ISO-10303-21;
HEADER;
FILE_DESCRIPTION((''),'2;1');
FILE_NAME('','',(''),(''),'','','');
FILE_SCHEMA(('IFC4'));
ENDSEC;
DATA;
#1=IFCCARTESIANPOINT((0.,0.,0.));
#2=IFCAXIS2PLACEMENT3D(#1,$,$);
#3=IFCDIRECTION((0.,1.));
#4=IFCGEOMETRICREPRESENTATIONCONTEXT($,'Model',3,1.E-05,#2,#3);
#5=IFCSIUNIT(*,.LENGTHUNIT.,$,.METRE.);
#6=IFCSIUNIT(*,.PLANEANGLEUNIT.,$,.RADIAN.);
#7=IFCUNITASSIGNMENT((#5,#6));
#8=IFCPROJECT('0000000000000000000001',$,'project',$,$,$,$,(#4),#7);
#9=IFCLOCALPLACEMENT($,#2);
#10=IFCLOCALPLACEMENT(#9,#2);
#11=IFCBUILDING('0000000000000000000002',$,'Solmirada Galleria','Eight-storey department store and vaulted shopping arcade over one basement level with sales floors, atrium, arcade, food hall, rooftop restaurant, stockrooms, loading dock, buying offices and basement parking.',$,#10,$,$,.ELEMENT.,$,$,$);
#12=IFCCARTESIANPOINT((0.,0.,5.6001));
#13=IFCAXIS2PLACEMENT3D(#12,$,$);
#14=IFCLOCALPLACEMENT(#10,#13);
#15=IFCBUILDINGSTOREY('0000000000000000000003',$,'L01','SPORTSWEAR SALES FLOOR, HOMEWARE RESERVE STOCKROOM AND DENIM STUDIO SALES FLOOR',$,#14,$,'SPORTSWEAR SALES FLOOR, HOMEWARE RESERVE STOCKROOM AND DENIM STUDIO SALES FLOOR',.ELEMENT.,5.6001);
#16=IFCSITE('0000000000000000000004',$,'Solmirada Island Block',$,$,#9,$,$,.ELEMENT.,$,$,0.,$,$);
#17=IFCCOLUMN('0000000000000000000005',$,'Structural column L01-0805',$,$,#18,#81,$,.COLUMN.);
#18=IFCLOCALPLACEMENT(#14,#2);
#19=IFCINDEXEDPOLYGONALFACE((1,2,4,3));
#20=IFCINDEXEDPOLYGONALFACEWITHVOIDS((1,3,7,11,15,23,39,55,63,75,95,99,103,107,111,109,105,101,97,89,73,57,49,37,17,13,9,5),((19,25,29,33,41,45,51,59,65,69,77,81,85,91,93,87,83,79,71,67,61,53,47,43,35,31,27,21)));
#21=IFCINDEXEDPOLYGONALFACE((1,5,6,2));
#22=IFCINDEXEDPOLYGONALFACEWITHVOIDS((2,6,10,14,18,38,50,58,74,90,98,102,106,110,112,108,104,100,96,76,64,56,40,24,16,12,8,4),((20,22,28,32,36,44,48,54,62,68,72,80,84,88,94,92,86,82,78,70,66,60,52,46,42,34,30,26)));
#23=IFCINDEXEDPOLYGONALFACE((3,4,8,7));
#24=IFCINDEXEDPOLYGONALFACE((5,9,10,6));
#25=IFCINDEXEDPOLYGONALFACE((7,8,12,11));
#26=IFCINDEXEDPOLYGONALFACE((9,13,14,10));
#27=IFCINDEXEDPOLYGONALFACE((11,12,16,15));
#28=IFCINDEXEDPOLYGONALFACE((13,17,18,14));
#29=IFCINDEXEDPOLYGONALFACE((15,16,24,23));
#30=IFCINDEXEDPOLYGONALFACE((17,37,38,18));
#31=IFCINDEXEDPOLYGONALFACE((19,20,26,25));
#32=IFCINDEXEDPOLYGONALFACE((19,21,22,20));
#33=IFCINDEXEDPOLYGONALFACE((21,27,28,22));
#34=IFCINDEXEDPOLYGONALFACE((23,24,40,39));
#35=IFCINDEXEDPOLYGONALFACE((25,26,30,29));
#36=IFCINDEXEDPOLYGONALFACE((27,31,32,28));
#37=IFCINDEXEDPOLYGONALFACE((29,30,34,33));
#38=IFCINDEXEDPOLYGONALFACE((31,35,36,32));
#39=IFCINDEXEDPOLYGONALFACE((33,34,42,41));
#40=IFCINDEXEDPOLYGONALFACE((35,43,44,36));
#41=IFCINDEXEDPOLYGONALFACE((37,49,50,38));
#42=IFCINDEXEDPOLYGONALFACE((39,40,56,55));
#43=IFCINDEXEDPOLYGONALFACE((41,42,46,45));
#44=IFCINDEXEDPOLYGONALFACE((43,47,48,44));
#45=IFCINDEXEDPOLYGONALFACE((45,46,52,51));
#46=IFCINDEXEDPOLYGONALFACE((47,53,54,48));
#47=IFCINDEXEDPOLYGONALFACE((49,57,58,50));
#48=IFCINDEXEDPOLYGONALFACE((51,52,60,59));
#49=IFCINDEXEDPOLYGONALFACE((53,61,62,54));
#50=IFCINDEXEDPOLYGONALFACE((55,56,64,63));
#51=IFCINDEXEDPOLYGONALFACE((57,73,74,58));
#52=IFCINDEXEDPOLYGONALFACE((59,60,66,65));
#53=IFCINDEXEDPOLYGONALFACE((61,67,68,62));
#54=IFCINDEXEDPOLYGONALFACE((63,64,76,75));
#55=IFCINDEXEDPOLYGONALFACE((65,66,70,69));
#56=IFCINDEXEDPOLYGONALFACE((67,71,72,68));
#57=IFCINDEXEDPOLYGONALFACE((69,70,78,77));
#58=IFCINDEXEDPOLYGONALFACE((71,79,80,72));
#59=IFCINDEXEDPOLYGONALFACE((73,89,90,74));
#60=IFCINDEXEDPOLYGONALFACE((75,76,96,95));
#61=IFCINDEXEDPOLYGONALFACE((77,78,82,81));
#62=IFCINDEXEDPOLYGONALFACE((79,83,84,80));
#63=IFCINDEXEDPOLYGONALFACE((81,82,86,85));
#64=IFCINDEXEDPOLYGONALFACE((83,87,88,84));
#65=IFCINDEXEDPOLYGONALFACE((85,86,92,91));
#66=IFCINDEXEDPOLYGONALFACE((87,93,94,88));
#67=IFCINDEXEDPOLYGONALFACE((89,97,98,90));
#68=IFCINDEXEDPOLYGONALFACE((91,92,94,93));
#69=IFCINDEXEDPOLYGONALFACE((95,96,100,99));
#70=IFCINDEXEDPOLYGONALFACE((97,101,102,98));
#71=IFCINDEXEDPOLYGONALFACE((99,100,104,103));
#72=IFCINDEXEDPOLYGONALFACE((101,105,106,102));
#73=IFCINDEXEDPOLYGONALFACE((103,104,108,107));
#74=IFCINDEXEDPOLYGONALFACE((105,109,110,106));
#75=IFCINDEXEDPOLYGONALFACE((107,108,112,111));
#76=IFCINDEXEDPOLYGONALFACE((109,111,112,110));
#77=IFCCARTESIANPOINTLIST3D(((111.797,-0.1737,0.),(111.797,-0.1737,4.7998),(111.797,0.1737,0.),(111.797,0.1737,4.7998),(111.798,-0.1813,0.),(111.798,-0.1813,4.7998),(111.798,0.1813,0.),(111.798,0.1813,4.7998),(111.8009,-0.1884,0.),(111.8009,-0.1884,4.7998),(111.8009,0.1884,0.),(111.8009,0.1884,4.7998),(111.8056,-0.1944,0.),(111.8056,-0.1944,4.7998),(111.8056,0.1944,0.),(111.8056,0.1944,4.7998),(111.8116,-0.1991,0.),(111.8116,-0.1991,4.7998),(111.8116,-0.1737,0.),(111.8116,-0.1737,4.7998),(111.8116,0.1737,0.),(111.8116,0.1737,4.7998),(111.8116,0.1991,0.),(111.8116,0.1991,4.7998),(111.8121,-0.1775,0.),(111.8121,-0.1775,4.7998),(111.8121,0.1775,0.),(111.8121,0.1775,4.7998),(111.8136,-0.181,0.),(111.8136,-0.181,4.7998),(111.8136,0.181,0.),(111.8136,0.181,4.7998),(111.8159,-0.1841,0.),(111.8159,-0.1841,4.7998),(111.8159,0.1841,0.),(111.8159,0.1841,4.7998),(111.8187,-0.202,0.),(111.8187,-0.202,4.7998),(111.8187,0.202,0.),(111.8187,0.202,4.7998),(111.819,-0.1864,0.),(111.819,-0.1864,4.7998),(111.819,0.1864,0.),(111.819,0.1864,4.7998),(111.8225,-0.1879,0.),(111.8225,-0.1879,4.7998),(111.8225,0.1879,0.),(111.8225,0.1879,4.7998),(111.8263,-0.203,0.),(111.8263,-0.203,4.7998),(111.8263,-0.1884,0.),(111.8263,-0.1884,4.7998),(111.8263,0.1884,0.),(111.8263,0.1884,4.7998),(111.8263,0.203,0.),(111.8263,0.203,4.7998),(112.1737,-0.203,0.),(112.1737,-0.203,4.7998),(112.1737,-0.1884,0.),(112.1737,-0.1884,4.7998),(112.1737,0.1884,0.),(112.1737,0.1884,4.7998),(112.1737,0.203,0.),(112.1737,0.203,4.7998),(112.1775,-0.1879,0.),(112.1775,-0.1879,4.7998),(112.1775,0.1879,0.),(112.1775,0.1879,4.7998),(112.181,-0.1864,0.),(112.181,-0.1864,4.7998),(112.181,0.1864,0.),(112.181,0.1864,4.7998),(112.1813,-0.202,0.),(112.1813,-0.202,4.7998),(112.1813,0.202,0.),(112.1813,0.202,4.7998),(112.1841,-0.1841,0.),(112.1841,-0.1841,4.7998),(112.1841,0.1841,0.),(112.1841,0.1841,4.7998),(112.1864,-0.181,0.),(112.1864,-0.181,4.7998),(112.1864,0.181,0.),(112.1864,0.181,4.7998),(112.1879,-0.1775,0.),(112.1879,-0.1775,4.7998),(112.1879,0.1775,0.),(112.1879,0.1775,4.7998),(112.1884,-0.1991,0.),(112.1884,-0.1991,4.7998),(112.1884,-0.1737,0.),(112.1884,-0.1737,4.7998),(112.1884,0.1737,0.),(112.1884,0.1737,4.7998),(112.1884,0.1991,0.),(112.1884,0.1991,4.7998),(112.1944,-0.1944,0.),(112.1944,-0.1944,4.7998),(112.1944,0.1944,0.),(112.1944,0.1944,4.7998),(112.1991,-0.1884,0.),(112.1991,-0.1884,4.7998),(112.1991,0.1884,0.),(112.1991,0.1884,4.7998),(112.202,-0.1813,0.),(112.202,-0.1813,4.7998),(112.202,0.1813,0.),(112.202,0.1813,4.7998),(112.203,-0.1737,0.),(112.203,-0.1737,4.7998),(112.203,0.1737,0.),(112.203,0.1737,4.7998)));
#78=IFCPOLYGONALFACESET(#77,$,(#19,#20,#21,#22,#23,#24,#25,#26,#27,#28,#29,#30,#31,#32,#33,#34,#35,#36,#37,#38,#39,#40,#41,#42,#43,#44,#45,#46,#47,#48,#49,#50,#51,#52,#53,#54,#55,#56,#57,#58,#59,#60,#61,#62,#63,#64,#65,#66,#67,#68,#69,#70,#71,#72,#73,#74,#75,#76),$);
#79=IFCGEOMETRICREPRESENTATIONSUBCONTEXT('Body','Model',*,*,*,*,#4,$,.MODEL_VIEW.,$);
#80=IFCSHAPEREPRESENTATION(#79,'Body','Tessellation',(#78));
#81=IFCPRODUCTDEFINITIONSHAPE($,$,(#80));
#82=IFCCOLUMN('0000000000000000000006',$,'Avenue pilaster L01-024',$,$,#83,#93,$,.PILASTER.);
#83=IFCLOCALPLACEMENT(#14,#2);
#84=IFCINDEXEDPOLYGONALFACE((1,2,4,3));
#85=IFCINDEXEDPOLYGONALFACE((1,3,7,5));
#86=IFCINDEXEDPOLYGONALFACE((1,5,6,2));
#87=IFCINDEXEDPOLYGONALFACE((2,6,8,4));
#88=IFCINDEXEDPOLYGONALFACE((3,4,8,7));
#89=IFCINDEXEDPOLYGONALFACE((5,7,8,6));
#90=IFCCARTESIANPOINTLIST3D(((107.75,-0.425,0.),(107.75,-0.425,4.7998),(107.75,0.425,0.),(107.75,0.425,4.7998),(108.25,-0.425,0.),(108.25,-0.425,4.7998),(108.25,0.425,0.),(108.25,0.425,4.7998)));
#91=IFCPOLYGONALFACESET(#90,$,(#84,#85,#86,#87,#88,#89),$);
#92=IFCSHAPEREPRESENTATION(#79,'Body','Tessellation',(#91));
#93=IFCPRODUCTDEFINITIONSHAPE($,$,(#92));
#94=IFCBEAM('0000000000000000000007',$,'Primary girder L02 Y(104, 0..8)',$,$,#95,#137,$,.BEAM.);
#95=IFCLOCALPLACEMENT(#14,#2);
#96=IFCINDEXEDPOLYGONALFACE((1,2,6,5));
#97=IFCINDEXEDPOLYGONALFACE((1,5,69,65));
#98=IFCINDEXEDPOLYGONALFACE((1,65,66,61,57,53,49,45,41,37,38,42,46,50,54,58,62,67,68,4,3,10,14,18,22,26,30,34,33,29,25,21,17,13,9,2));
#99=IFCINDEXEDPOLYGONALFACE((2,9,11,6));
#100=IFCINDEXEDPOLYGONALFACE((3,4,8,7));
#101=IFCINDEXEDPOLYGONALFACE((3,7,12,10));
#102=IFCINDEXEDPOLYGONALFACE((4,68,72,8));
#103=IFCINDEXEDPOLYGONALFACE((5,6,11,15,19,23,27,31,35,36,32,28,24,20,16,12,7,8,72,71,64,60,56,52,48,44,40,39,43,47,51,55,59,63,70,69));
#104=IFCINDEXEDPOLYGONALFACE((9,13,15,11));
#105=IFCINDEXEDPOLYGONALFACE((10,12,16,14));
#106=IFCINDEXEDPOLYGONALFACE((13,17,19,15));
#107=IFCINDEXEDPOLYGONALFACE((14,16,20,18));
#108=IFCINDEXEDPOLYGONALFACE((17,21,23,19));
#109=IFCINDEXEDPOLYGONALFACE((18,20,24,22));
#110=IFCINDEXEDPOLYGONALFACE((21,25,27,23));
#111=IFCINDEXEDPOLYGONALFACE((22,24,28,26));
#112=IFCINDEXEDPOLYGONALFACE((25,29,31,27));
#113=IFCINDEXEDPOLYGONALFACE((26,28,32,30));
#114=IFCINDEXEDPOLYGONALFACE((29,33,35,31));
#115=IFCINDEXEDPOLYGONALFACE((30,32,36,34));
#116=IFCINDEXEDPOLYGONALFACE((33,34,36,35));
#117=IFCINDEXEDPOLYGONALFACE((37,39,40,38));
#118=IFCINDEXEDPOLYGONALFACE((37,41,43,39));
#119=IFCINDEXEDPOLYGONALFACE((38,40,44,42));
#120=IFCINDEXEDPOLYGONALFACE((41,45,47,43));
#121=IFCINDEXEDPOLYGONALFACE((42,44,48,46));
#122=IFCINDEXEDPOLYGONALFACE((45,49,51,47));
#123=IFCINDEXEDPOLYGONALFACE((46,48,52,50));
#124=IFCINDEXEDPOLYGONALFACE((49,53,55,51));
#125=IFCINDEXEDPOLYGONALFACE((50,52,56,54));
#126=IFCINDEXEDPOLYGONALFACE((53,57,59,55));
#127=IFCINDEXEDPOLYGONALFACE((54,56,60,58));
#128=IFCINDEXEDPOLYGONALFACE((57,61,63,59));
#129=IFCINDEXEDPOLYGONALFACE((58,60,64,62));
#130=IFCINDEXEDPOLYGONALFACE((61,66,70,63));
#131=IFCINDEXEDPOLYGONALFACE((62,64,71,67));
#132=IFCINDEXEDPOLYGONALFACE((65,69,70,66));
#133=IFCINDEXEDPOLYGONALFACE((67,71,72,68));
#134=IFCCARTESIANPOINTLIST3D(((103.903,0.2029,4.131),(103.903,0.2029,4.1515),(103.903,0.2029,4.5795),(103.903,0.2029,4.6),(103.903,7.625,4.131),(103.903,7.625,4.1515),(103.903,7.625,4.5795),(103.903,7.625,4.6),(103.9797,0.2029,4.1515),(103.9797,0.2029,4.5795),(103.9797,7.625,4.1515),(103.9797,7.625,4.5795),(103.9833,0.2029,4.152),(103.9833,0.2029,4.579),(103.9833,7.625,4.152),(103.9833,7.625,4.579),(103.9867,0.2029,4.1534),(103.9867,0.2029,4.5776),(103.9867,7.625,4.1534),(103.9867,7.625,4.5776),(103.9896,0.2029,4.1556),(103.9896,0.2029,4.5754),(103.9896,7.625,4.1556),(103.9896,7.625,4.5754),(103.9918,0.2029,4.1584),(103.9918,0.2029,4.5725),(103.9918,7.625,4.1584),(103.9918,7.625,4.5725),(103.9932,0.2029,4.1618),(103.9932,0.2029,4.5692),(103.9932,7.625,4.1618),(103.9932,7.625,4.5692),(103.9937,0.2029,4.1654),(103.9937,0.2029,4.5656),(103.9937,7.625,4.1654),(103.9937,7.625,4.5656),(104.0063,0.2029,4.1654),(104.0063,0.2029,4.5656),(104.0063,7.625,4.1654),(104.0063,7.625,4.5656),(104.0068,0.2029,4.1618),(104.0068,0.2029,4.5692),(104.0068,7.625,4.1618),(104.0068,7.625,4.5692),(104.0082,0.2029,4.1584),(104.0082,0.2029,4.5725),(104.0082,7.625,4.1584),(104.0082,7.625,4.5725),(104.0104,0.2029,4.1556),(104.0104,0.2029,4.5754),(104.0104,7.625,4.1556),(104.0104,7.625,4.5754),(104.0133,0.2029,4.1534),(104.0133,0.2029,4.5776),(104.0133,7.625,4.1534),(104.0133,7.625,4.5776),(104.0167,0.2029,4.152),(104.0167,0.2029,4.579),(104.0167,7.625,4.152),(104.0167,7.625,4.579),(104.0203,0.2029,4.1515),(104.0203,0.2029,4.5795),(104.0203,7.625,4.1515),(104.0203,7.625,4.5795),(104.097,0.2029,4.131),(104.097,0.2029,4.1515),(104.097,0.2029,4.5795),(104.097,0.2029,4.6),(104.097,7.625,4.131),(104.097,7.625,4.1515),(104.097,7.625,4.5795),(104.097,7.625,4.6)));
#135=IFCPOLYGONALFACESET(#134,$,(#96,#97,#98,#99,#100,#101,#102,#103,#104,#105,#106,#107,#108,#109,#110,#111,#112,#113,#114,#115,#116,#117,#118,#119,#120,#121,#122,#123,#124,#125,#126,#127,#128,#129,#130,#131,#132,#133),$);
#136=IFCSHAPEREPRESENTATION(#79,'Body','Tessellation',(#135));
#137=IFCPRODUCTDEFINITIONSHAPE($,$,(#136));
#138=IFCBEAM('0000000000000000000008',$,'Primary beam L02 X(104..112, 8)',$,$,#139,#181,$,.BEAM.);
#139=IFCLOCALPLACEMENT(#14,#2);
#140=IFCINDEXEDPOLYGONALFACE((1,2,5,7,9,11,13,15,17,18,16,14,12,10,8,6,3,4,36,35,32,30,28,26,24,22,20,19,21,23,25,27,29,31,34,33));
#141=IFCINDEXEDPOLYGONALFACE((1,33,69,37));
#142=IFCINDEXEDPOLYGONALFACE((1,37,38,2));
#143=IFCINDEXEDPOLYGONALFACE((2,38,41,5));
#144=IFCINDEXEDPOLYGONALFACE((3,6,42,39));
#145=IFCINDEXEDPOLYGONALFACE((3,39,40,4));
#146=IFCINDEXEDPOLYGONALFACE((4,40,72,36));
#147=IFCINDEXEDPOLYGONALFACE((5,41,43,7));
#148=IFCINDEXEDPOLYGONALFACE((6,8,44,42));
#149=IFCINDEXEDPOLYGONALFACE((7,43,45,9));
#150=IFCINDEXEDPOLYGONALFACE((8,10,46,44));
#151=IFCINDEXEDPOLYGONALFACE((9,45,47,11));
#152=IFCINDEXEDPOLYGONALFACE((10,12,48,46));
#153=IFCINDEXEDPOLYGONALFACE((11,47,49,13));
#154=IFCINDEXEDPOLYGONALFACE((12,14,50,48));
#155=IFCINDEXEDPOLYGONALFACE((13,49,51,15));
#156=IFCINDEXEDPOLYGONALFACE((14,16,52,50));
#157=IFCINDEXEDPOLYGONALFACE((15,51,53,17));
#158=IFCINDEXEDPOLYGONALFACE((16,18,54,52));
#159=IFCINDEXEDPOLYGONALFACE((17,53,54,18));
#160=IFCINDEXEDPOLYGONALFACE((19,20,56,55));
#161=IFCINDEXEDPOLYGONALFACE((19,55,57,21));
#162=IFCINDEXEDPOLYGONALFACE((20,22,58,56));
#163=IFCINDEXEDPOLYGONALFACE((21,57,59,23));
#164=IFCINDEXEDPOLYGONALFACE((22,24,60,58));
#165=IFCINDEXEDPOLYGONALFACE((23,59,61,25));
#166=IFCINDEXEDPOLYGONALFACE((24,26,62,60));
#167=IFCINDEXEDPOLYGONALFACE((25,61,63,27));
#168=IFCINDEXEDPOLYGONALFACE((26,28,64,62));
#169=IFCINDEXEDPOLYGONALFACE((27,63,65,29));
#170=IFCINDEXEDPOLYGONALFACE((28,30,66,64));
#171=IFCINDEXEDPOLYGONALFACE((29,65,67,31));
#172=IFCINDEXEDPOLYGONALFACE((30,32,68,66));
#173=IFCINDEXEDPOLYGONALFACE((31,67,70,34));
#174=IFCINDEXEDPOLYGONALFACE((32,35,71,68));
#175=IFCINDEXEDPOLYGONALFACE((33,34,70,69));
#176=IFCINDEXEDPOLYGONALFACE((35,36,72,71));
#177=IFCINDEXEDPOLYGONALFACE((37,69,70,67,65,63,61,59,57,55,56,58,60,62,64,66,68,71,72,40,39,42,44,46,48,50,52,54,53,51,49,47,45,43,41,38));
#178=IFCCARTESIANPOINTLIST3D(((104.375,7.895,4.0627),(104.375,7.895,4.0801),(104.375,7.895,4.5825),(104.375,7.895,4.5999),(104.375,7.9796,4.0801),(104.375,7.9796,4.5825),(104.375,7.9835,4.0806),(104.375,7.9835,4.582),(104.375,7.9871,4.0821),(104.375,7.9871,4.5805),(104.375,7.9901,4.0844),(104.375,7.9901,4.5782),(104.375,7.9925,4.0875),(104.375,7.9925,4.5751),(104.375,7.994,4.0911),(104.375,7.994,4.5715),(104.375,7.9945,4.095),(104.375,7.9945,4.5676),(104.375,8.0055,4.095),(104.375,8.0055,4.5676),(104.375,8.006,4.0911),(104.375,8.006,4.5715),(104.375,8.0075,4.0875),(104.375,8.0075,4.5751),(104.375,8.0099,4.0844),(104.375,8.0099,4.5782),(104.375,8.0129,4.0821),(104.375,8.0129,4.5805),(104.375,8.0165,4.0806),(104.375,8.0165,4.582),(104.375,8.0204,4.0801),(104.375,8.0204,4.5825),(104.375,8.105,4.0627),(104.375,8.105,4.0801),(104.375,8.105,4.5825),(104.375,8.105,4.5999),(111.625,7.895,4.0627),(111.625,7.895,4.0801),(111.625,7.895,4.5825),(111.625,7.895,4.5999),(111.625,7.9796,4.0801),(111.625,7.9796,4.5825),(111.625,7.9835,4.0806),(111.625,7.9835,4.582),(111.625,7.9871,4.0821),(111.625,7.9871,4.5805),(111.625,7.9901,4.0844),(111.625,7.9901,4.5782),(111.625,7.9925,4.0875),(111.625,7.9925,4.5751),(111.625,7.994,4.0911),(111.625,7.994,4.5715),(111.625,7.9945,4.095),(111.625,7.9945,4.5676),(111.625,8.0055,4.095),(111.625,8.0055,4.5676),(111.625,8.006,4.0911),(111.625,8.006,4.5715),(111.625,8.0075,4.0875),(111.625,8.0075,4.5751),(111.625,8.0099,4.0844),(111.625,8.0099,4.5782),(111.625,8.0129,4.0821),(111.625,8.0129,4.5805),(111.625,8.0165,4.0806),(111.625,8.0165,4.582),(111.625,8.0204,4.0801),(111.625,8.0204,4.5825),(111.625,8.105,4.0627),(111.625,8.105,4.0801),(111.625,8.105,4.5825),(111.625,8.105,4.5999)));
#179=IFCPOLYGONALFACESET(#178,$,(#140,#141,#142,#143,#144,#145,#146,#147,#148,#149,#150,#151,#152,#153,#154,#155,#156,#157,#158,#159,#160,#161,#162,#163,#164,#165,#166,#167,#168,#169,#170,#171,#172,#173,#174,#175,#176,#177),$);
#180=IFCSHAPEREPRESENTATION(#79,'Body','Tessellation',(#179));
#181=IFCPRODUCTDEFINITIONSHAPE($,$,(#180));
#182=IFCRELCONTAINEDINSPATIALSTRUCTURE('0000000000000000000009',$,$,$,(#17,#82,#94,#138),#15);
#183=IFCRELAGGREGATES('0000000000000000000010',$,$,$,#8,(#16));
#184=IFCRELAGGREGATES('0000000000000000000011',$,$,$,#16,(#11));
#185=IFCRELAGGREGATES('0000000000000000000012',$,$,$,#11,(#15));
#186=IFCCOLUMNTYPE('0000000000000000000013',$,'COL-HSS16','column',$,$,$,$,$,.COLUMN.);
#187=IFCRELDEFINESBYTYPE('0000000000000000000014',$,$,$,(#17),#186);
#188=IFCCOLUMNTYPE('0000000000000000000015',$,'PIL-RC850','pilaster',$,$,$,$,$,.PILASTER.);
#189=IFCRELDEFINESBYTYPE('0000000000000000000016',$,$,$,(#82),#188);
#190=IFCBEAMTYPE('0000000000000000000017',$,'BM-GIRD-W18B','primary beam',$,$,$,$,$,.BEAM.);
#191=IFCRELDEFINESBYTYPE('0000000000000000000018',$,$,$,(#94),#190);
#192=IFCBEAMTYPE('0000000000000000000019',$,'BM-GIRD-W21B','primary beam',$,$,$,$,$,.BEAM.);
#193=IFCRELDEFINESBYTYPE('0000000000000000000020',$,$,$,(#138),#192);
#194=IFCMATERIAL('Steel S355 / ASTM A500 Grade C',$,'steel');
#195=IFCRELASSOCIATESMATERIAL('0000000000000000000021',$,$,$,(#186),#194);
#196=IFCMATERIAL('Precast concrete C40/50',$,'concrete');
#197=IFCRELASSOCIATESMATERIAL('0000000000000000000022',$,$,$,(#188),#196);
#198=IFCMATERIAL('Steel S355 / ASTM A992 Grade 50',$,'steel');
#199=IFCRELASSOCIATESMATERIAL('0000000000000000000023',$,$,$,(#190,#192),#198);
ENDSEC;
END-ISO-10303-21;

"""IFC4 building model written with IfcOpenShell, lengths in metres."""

from ifc_helpers import new_model, si_unit, direction, frame, origin, origin_2d, place, context, subcontext, project, spatial, rectangle, hollow_rectangle, i_section, extrude, material, material_profile, profile_set, type_object, element, save


model = new_model("IFC4")

# Units and contexts
model_context = context("Model", 3, precision=1e-05, world=origin(), true_north=direction((0.0, 1.0)))
body_context = subcontext(model_context, "Body", "Model", "MODEL_VIEW")
ifc_project = project(units=[si_unit("LENGTHUNIT", "METRE"), si_unit("PLANEANGLEUNIT", "RADIAN")], contexts=[model_context])

# Site, building, storey
site_placement = place(None, origin())
site = spatial("IfcSite", under=ifc_project, at=site_placement, Name="Solmirada Island Block", CompositionType="ELEMENT", RefElevation=0.0)
building_placement = place(site_placement, origin())
building = spatial("IfcBuilding", under=site, at=building_placement, Name="Solmirada Galleria", Description="Eight-storey department store and vaulted shopping arcade over one basement level with sales floors, atrium, arcade, food hall, rooftop restaurant, stockrooms, loading dock, buying offices and basement parking.", CompositionType="ELEMENT")
storey_placement = place(building_placement, frame((0.0, 0.0, 5.6001)))
storey = spatial("IfcBuildingStorey", under=building, at=storey_placement, Name="L01", Description="SPORTSWEAR SALES FLOOR, HOMEWARE RESERVE STOCKROOM AND DENIM STUDIO SALES FLOOR", LongName="SPORTSWEAR SALES FLOOR, HOMEWARE RESERVE STOCKROOM AND DENIM STUDIO SALES FLOOR", CompositionType="ELEMENT", Elevation=5.6001)

# Columns
ifc_material_1 = material(Name="Steel S355 / ASTM A500 Grade C", Category="steel")
ifc_material_profile_1 = material_profile(ifc_material_1, hollow_rectangle(XDim=0.406, YDim=0.406, WallThickness=0.0146, InnerFilletRadius=0.0146, OuterFilletRadius=0.0293, at=origin_2d()), Name="HSS16X16X5/8")
ifc_profile_set_1 = profile_set([ifc_material_profile_1], Name="Steel S355 / ASTM A500 Grade C")
column_type_1 = type_object("IfcColumnType", Name="COL-HSS16", Description="column", PredefinedType="COLUMN", material=ifc_profile_set_1)
column_1_placement = place(storey_placement, frame((112.0, 0.0, 0.0), z_axis=(0.0, 0.0, 1.0), x_axis=(1.0, 0.0, 0.0)))
element("IfcColumn", 1, at=column_1_placement, inside=storey, type_object=column_type_1, Name="Structural column L01-0805", PredefinedType="COLUMN", context=body_context, shape_type="SweptSolid", body=[
    extrude(hollow_rectangle(XDim=0.406, YDim=0.406, WallThickness=0.0146, InnerFilletRadius=0.0146, OuterFilletRadius=0.0293, at=origin_2d()), origin(), (0.0, 0.0, 1.0), 4.7998),
])
ifc_material_2 = material(Name="Precast concrete C40/50", Category="concrete")
ifc_material_profile_2 = material_profile(ifc_material_2, rectangle(XDim=0.5, YDim=0.8501, at=origin_2d()), Name="RC850X500")
ifc_profile_set_2 = profile_set([ifc_material_profile_2], Name="Precast concrete C40/50")
column_type_2 = type_object("IfcColumnType", Name="PIL-RC850", Description="pilaster", PredefinedType="PILASTER", material=ifc_profile_set_2)
column_2_placement = place(storey_placement, frame((108.0, 0.0, 0.0), z_axis=(0.0, 0.0, 1.0), x_axis=(1.0, 0.0, 0.0)))
element("IfcColumn", 2, at=column_2_placement, inside=storey, type_object=column_type_2, Name="Avenue pilaster L01-024", PredefinedType="PILASTER", context=body_context, shape_type="SweptSolid", body=[
    extrude(rectangle(XDim=0.5, YDim=0.8501, at=origin_2d()), origin(), (0.0, 0.0, 1.0), 4.7998),
])

# Beams
ifc_material_3 = material(Name="Steel S355 / ASTM A992 Grade 50", Category="steel")
ifc_material_profile_3 = material_profile(ifc_material_3, i_section(OverallWidth=0.1941, OverallDepth=0.469, WebThickness=0.0127, FlangeThickness=0.0205, FilletRadius=0.0139, at=origin_2d()), Name="W18X71")
ifc_profile_set_3 = profile_set([ifc_material_profile_3], Name="Steel S355 / ASTM A992 Grade 50")
beam_type_1 = type_object("IfcBeamType", Name="BM-GIRD-W18B", Description="primary beam", PredefinedType="BEAM", material=ifc_profile_set_3)
beam_1_placement = place(storey_placement, frame((104.0, 0.2029, 4.3655), z_axis=(0.0, 1.0, 0.0), x_axis=(-1.0, 0.0, 0.0)))
element("IfcBeam", 3, at=beam_1_placement, inside=storey, type_object=beam_type_1, Name="Primary girder L02 Y(104, 0..8)", PredefinedType="BEAM", context=body_context, shape_type="SweptSolid", body=[
    extrude(i_section(OverallWidth=0.1941, OverallDepth=0.469, WebThickness=0.0127, FlangeThickness=0.0205, FilletRadius=0.0139, at=origin_2d()), origin(), (0.0, 0.0, 1.0), 7.4221),
])
ifc_material_profile_4 = material_profile(ifc_material_3, i_section(OverallWidth=0.21, OverallDepth=0.5371, WebThickness=0.011, FlangeThickness=0.0173, FilletRadius=0.0149, at=origin_2d()), Name="W21X68")
ifc_profile_set_4 = profile_set([ifc_material_profile_4], Name="Steel S355 / ASTM A992 Grade 50")
beam_type_2 = type_object("IfcBeamType", Name="BM-GIRD-W21B", Description="primary beam", PredefinedType="BEAM", material=ifc_profile_set_4)
beam_2_placement = place(storey_placement, frame((104.375, 8.0, 4.3313), z_axis=(1.0, 0.0, 0.0), x_axis=(0.0, 1.0, 0.0)))
element("IfcBeam", 4, at=beam_2_placement, inside=storey, type_object=beam_type_2, Name="Primary beam L02 X(104..112, 8)", PredefinedType="BEAM", context=body_context, shape_type="SweptSolid", body=[
    extrude(i_section(OverallWidth=0.21, OverallDepth=0.5371, WebThickness=0.011, FlangeThickness=0.0173, FilletRadius=0.0149, at=origin_2d()), origin(), (0.0, 0.0, 1.0), 7.25),
])

save(model, "model.ifc")
